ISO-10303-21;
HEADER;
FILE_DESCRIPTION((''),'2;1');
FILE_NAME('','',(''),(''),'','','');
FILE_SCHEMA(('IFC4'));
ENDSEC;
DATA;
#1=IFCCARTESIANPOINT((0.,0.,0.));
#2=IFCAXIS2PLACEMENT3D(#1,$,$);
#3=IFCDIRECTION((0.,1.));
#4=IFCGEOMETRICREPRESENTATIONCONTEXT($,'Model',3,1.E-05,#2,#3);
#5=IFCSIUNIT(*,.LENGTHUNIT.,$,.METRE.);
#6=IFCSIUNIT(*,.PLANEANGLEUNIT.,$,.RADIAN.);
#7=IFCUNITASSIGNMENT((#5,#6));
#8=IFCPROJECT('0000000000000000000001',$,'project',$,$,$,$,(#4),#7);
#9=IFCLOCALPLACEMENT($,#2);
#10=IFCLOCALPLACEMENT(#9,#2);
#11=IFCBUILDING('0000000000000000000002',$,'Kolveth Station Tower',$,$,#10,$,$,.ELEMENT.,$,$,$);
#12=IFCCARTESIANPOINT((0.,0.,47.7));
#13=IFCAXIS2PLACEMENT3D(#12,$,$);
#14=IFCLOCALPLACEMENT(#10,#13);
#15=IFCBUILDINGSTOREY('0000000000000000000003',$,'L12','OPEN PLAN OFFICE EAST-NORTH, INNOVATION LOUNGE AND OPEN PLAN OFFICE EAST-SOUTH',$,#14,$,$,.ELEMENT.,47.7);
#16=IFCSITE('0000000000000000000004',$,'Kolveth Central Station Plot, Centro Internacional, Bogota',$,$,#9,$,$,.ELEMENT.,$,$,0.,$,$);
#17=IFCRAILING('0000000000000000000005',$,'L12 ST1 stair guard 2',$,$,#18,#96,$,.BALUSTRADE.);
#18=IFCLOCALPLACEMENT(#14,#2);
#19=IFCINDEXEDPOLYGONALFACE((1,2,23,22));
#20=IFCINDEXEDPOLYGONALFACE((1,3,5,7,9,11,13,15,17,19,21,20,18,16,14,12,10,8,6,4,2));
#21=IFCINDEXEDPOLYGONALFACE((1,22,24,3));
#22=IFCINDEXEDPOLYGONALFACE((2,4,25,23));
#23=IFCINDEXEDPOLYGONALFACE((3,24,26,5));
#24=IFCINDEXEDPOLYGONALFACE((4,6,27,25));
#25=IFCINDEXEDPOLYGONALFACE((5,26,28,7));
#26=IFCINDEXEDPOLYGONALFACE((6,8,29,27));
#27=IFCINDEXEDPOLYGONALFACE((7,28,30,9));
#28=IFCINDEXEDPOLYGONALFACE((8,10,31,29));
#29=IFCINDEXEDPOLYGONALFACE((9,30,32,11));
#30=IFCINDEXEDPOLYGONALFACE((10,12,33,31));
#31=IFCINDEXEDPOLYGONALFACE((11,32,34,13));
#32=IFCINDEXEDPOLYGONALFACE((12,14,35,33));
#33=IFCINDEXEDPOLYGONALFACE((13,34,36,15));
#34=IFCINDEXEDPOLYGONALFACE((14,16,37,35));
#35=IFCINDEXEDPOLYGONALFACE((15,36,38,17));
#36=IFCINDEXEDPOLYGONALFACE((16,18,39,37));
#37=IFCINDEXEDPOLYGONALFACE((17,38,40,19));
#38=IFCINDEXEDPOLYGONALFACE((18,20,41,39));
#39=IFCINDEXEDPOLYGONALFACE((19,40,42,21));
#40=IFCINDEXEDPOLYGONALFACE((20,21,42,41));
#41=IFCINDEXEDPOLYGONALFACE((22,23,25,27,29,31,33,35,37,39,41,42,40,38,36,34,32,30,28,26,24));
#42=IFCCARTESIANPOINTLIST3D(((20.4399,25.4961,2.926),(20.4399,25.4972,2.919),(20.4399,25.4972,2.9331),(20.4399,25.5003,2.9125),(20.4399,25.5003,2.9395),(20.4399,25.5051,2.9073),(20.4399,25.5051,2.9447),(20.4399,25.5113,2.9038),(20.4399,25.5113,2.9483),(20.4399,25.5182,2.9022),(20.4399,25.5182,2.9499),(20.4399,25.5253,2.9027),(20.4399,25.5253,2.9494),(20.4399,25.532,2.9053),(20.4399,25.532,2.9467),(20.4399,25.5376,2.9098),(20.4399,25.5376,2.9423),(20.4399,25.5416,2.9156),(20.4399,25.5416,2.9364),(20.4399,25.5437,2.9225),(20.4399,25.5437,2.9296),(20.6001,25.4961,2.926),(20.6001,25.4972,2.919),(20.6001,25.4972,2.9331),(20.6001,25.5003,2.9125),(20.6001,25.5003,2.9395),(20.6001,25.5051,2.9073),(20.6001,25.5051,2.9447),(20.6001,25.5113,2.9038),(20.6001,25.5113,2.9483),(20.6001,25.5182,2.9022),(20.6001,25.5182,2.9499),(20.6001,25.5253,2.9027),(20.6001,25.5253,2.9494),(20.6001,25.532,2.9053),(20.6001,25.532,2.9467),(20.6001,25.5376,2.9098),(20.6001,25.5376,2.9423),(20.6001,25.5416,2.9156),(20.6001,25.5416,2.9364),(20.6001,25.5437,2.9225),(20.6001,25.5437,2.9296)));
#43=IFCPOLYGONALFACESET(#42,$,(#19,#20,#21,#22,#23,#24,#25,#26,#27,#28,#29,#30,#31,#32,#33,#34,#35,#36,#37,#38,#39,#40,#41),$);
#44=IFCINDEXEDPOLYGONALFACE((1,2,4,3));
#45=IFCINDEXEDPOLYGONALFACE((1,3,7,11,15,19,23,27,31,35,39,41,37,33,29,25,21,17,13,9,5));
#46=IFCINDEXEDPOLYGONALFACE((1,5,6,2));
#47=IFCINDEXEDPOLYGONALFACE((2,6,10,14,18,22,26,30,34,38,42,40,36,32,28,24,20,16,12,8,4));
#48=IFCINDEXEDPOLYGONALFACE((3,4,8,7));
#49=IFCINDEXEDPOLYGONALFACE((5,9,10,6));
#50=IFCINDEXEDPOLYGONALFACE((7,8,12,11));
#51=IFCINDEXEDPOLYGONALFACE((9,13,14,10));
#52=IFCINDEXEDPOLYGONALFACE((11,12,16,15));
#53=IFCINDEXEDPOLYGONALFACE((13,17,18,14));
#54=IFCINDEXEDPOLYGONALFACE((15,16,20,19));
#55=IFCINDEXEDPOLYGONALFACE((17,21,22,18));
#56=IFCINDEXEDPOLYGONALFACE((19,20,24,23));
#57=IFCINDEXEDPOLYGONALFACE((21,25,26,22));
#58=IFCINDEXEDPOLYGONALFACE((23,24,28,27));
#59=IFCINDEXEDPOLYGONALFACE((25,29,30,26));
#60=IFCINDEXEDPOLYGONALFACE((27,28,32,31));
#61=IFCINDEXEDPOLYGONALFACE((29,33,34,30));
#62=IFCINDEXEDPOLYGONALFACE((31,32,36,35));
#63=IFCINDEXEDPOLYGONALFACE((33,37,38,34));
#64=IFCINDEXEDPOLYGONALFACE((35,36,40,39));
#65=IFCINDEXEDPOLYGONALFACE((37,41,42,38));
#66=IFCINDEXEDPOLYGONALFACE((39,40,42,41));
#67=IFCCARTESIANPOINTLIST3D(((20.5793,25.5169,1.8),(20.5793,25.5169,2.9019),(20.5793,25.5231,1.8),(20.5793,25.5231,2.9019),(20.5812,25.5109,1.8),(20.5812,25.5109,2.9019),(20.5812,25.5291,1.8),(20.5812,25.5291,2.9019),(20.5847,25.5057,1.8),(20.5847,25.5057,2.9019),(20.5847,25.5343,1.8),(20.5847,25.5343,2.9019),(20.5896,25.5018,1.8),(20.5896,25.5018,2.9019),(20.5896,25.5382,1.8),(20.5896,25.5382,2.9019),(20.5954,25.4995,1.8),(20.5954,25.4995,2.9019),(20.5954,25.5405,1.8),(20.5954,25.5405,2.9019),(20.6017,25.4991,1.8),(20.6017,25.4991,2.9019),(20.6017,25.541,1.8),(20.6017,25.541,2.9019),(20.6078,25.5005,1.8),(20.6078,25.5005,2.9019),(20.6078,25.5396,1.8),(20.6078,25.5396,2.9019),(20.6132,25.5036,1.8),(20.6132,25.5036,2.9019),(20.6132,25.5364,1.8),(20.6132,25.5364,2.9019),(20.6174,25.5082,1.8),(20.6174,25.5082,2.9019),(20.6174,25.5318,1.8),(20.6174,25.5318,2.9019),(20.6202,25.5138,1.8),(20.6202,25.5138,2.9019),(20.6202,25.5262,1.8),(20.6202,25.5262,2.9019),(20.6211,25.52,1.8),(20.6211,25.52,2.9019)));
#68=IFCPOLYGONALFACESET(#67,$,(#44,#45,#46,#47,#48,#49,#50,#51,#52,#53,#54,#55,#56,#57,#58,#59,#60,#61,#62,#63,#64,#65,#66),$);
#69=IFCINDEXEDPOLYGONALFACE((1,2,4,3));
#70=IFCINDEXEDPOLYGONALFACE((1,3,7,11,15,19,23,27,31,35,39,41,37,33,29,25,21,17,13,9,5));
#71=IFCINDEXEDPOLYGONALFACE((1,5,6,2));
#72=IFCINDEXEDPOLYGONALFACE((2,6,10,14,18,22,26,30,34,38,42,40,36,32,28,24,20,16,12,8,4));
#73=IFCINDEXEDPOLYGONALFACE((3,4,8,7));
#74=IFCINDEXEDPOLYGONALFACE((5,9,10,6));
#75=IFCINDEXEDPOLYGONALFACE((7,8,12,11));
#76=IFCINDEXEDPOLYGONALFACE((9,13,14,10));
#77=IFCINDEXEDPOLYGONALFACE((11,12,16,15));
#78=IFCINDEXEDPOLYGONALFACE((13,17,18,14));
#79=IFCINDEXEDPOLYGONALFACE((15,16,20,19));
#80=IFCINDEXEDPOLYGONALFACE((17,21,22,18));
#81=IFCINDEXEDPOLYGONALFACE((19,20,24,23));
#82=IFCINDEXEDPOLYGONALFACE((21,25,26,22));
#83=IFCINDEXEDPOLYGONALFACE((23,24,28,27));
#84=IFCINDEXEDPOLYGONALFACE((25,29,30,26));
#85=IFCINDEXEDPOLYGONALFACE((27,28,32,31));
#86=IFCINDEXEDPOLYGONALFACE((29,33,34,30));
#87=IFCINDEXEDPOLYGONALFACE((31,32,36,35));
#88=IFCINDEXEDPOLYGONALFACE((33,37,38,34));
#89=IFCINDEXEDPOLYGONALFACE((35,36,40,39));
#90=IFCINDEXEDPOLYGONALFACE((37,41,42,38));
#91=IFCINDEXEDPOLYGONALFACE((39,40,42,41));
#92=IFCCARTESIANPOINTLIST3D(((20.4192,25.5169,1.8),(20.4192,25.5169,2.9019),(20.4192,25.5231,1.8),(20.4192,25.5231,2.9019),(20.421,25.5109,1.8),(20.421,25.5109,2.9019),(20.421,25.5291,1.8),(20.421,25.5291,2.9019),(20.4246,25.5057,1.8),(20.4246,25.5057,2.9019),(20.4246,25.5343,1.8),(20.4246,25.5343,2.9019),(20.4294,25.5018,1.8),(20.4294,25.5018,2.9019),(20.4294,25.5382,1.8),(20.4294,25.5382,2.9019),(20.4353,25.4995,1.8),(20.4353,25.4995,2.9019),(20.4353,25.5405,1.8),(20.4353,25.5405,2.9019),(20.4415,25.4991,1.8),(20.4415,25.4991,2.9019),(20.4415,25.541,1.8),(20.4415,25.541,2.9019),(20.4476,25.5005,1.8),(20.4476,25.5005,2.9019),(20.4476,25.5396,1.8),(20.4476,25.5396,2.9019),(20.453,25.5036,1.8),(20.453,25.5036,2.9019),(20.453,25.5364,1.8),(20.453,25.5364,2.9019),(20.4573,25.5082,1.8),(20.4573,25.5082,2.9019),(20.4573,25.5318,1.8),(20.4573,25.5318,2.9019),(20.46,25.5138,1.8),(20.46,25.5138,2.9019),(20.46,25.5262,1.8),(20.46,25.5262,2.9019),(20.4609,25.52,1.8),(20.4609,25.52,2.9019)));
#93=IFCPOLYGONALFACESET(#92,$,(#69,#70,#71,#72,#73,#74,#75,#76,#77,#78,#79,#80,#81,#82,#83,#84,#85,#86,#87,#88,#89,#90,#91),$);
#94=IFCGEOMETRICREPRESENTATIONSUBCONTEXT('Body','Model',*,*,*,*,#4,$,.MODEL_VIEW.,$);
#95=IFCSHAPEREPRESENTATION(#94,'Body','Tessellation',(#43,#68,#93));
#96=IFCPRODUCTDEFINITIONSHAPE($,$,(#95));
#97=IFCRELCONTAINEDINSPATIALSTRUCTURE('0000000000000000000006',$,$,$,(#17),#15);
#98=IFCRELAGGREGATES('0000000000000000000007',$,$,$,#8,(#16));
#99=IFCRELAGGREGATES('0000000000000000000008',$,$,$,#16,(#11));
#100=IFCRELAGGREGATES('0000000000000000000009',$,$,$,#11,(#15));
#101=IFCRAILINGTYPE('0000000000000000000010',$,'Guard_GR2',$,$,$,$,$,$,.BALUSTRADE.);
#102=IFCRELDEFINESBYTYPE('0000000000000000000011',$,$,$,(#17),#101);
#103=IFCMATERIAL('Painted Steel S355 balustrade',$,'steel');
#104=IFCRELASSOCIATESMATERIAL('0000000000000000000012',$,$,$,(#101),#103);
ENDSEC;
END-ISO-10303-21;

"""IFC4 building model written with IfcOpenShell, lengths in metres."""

from ifc_helpers import new_model, si_unit, direction, frame, origin, origin_2d, place, context, subcontext, project, spatial, circle, extrude, material, type_object, element, save


model = new_model("IFC4")

# Units and contexts
model_context = context("Model", 3, precision=1e-05, world=origin(), true_north=direction((0.0, 1.0)))
body_context = subcontext(model_context, "Body", "Model", "MODEL_VIEW")
ifc_project = project(units=[si_unit("LENGTHUNIT", "METRE"), si_unit("PLANEANGLEUNIT", "RADIAN")], contexts=[model_context])

# Site, building, storey
site_placement = place(None, origin())
site = spatial("IfcSite", under=ifc_project, at=site_placement, Name="Kolveth Central Station Plot, Centro Internacional, Bogota", CompositionType="ELEMENT", RefElevation=0.0)
building_placement = place(site_placement, origin())
building = spatial("IfcBuilding", under=site, at=building_placement, Name="Kolveth Station Tower", CompositionType="ELEMENT")
storey_placement = place(building_placement, frame((0.0, 0.0, 47.7)))
storey = spatial("IfcBuildingStorey", under=building, at=storey_placement, Name="L12", Description="OPEN PLAN OFFICE EAST-NORTH, INNOVATION LOUNGE AND OPEN PLAN OFFICE EAST-SOUTH", CompositionType="ELEMENT", Elevation=47.7)

# Railing
ifc_material_1 = material(Name="Painted Steel S355 balustrade", Category="steel")
railing_type_1 = type_object("IfcRailingType", Name="Guard_GR2", PredefinedType="BALUSTRADE", material=ifc_material_1)
railing_1_placement = place(storey_placement, frame((20.6001, 25.52, 1.8)))
element("IfcRailing", 1, at=railing_1_placement, inside=storey, type_object=railing_type_1, Name="L12 ST1 stair guard 2", PredefinedType="BALUSTRADE", context=body_context, shape_type="SweptSolid", body=[
    extrude(circle(Radius=0.0239, at=origin_2d()), frame((0.0, 0.0, 1.126), z_axis=(-1.0, 0.0, 0.0), x_axis=(0.0, -1.0, 0.0)), (0.0, 0.0, 1.0), 0.1602),
    extrude(circle(Radius=0.021, at=origin_2d()), origin(), (0.0, 0.0, 1.0), 1.1018),
    extrude(circle(Radius=0.021, at=origin_2d()), frame((-0.1602, 0.0, 0.0)), (0.0, 0.0, 1.0), 1.1018),
])

save(model, "model.ifc")
